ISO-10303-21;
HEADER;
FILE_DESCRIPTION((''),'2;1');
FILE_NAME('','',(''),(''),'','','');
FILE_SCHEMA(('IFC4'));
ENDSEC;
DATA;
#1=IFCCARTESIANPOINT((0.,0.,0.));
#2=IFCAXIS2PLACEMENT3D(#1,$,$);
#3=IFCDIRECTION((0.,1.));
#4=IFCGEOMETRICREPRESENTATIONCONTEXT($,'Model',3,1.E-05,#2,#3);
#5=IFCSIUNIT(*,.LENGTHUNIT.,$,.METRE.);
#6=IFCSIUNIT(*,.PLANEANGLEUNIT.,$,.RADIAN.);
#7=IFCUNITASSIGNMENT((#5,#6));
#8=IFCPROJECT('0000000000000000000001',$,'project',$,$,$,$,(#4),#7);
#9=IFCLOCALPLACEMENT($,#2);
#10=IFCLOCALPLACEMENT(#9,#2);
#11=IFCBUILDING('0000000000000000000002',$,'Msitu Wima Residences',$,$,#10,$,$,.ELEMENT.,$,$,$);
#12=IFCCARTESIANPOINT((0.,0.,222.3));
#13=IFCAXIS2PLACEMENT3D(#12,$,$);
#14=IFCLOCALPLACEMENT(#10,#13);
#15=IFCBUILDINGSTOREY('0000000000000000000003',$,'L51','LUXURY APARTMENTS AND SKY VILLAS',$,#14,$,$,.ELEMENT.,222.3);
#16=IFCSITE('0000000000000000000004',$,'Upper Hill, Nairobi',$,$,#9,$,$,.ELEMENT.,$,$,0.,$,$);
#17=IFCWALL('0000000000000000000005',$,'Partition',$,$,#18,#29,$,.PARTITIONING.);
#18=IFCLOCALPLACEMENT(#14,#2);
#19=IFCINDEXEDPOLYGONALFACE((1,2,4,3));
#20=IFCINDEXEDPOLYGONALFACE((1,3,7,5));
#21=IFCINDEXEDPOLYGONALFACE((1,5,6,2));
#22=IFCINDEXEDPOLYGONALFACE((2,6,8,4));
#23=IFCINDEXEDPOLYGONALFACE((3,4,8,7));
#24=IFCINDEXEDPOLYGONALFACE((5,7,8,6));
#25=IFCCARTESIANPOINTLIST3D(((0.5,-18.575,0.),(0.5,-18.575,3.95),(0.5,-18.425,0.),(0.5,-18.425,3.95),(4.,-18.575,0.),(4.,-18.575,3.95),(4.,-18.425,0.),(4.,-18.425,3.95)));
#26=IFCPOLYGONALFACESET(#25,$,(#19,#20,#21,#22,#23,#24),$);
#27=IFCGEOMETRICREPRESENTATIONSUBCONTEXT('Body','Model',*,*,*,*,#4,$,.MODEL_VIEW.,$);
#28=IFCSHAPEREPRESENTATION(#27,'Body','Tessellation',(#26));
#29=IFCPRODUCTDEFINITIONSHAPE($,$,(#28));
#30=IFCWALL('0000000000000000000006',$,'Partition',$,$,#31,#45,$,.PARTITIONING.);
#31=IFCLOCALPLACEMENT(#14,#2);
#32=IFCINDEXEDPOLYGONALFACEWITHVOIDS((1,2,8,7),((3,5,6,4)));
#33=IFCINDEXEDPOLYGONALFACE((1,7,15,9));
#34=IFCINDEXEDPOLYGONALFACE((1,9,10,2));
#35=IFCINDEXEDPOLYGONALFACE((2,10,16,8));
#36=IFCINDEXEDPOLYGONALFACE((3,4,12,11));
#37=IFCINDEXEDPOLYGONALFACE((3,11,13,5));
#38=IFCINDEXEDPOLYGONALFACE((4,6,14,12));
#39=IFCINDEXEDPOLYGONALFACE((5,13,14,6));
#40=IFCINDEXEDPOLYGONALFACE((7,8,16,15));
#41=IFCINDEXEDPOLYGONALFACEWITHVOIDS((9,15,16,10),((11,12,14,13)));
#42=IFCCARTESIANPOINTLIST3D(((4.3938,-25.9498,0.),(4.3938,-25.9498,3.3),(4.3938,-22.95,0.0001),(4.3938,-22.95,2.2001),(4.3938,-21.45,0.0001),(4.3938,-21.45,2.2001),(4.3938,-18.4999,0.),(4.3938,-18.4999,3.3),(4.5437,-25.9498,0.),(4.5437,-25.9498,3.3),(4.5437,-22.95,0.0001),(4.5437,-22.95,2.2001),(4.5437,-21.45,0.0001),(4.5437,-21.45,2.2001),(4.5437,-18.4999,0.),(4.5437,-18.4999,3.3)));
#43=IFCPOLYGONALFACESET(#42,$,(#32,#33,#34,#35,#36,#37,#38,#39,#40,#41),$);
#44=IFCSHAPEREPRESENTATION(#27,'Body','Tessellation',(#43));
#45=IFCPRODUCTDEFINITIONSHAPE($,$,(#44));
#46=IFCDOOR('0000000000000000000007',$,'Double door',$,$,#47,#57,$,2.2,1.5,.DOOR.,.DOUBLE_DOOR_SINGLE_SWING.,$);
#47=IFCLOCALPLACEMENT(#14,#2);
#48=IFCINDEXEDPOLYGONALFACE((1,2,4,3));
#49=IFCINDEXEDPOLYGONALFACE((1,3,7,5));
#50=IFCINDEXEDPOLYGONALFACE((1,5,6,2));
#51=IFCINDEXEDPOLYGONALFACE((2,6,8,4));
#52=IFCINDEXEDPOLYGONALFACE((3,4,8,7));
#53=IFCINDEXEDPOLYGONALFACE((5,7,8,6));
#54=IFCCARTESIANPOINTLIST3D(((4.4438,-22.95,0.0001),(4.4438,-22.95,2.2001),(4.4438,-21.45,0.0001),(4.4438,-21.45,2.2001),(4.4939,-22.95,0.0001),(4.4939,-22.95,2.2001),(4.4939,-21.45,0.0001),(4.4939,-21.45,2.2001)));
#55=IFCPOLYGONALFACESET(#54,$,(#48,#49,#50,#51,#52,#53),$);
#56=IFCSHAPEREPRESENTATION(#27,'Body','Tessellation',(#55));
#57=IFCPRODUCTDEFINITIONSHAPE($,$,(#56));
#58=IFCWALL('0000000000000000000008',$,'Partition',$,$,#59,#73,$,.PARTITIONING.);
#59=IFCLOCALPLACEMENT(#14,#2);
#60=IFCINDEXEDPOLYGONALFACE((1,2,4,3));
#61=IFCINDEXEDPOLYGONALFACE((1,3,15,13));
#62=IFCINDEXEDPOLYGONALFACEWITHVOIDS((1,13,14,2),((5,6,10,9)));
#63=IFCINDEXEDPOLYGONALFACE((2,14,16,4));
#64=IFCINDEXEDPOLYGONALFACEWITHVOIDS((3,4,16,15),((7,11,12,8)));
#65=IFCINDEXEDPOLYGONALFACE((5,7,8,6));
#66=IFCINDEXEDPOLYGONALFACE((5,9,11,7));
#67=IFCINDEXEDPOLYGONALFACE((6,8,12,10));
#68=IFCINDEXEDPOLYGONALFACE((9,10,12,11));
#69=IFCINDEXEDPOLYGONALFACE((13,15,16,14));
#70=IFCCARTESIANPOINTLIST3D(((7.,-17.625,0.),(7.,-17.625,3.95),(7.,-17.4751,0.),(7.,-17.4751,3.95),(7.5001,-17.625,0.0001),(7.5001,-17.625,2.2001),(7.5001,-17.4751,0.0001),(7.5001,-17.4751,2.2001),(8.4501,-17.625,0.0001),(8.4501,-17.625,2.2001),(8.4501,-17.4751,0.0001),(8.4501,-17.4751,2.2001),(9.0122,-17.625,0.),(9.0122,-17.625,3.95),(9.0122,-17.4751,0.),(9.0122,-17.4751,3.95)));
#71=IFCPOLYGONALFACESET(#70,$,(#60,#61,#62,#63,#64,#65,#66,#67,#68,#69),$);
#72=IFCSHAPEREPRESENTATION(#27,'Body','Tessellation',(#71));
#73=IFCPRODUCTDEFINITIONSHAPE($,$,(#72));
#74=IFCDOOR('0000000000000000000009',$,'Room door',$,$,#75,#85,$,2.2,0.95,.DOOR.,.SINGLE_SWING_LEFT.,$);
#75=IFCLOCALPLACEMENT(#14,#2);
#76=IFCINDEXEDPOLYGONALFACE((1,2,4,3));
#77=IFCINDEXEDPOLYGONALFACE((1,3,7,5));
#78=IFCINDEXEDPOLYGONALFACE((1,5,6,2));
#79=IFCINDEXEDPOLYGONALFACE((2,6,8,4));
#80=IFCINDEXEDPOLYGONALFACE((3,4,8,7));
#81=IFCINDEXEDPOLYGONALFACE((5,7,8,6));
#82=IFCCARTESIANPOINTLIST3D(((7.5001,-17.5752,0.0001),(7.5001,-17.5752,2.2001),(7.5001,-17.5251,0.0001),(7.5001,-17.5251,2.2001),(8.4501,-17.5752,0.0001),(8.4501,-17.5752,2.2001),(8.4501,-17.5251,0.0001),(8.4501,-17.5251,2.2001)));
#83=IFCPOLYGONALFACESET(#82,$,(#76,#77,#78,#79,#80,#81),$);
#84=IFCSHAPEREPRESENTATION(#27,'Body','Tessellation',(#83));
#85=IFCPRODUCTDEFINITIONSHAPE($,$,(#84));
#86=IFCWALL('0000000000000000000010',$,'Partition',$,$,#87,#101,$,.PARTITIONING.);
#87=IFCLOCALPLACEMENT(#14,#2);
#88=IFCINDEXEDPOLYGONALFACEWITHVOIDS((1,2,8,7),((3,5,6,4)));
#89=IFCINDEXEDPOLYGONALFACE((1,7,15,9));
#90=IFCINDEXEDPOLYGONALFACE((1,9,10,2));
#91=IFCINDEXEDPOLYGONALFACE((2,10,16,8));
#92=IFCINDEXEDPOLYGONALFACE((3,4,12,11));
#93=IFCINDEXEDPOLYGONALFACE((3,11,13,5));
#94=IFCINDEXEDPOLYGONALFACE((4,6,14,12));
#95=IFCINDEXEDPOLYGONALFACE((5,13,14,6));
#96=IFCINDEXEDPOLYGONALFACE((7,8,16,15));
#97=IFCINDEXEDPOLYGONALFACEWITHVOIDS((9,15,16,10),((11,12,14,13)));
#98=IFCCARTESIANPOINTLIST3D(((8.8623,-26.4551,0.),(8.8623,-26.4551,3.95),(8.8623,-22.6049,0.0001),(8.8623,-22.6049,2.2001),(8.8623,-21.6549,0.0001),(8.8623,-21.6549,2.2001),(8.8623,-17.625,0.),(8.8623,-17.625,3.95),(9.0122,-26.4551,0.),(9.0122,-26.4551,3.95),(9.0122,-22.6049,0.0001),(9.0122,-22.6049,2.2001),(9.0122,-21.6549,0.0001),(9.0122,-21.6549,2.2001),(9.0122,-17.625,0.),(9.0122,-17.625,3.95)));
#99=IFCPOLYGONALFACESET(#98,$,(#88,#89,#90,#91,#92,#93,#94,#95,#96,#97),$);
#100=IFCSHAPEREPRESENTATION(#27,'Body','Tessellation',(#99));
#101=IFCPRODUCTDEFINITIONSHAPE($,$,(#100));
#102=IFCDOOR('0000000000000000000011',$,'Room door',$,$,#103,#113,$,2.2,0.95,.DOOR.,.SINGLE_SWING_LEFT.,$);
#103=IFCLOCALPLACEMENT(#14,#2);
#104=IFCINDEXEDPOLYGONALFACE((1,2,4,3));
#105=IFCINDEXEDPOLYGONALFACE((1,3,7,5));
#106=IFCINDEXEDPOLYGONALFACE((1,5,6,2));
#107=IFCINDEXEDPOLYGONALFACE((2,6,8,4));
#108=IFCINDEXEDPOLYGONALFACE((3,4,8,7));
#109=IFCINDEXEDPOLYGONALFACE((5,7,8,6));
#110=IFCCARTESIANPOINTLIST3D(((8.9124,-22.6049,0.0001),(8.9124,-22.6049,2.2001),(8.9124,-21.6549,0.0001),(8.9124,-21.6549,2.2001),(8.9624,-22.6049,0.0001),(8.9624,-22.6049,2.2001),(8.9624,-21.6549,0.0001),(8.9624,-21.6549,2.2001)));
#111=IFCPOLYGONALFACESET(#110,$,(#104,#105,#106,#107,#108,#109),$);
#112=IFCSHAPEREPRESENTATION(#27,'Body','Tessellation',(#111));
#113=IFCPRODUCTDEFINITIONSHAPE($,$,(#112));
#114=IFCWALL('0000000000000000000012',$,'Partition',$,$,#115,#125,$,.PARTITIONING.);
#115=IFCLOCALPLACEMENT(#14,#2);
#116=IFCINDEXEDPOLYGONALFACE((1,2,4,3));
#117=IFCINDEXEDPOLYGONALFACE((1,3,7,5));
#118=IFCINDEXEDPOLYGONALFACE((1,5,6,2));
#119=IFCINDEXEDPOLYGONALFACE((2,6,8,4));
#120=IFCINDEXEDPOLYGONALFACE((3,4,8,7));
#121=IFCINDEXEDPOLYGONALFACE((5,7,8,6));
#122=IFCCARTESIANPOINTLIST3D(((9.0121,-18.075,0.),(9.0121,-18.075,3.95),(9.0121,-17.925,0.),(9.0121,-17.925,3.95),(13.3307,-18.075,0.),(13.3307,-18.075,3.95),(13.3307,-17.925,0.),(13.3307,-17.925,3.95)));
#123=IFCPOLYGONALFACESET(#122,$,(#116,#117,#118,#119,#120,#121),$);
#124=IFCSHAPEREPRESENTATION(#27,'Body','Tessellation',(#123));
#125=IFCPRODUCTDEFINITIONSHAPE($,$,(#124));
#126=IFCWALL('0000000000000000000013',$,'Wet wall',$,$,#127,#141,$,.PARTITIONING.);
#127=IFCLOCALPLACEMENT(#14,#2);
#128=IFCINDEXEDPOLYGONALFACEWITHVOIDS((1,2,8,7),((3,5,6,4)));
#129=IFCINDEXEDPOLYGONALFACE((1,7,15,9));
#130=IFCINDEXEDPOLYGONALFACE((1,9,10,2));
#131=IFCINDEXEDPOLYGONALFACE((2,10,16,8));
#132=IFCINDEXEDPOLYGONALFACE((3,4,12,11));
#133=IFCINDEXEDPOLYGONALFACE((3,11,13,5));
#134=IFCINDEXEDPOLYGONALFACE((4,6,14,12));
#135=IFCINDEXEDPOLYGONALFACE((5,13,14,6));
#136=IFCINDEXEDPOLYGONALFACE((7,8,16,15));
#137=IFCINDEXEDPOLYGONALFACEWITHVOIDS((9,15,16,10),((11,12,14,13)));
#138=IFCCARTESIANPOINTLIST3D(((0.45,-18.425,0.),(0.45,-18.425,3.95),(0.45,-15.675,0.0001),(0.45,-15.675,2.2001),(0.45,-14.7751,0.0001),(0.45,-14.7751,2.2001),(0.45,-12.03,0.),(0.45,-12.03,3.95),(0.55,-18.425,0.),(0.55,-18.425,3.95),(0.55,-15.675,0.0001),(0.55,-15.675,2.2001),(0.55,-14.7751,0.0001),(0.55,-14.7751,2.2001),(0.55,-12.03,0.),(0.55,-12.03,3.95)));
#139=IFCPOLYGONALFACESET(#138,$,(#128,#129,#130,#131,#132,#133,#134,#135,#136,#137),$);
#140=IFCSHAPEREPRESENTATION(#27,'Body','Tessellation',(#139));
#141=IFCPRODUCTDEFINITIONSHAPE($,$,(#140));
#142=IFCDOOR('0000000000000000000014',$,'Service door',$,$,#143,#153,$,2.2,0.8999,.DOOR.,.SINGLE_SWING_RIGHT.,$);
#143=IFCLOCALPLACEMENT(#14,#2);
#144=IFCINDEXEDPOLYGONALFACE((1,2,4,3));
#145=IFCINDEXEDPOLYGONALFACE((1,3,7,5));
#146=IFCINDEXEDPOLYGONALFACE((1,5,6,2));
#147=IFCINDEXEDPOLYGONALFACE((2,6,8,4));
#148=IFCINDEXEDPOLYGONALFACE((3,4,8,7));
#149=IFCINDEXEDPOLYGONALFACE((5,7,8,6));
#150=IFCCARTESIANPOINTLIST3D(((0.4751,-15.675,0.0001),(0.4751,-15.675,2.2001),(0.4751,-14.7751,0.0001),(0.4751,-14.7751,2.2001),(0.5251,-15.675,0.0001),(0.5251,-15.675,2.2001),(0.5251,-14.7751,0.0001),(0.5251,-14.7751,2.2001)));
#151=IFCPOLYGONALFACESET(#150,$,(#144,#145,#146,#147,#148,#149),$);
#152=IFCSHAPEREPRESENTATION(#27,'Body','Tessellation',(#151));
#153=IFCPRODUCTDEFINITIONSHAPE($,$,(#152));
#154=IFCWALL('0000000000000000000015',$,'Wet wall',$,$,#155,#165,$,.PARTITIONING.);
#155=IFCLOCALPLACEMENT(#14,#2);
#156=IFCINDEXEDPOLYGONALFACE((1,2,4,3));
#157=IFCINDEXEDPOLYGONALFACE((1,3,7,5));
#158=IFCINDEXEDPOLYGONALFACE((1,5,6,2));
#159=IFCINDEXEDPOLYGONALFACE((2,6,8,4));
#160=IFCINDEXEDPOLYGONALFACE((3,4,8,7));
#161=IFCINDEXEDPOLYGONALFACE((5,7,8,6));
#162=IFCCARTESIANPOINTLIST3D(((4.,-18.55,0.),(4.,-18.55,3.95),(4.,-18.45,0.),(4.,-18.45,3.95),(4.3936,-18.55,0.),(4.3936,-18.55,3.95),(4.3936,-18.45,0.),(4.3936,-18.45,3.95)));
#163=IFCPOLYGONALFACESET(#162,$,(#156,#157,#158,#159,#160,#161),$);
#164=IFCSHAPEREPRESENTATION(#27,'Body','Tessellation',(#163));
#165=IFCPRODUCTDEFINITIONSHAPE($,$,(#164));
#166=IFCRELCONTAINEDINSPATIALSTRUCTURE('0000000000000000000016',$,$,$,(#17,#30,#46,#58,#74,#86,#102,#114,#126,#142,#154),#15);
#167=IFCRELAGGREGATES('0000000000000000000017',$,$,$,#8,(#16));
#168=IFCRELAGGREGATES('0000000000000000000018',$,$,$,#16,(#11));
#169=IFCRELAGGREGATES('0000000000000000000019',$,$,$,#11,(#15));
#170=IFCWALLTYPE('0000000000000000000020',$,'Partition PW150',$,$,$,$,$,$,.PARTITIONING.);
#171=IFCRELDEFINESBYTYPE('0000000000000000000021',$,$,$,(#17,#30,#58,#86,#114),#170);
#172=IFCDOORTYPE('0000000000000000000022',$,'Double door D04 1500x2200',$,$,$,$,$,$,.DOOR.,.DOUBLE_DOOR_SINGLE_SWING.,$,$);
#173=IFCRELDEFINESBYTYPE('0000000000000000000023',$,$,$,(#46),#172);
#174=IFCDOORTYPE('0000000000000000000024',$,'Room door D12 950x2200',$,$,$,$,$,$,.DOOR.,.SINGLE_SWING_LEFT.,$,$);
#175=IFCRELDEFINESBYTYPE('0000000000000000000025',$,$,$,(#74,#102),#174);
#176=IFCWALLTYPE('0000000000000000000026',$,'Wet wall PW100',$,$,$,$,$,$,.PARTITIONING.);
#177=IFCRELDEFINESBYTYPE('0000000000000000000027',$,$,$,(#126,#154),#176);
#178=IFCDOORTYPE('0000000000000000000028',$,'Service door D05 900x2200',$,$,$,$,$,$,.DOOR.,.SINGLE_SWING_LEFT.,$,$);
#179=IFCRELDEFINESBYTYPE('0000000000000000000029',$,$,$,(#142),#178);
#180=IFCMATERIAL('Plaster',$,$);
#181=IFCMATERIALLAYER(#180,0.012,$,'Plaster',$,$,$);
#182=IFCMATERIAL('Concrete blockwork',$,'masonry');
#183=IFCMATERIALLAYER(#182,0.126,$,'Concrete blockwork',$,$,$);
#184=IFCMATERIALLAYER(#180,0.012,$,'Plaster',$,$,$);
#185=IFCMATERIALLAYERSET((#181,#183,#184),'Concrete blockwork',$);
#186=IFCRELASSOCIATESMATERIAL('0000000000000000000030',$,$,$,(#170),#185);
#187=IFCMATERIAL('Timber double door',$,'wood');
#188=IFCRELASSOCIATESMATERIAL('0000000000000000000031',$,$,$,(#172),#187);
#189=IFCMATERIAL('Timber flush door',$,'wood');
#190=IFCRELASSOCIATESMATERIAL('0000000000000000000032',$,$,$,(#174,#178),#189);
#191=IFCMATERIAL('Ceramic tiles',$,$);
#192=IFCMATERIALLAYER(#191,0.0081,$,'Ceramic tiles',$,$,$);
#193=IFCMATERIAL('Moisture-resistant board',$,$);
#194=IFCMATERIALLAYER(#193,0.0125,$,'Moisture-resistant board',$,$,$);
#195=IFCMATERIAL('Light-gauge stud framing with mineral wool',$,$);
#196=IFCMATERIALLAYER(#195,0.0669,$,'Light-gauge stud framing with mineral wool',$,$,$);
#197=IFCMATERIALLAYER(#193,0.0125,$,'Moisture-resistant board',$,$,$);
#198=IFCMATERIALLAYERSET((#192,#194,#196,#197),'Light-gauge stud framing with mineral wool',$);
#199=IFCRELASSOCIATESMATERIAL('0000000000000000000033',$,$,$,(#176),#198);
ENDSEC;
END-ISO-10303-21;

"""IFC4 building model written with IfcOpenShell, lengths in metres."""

from ifc_helpers import new_model, si_unit, direction, frame, frame_2d, origin, place, context, subcontext, project, spatial, rectangle, extrude, material, layer, layer_set, type_object, element, fill, save


model = new_model("IFC4")

# Units and contexts
model_context = context("Model", 3, precision=1e-05, world=origin(), true_north=direction((0.0, 1.0)))
body_context = subcontext(model_context, "Body", "Model", "MODEL_VIEW")
ifc_project = project(units=[si_unit("LENGTHUNIT", "METRE"), si_unit("PLANEANGLEUNIT", "RADIAN")], contexts=[model_context])

# Site, building, storey
site_placement = place(None, origin())
site = spatial("IfcSite", under=ifc_project, at=site_placement, Name="Upper Hill, Nairobi", CompositionType="ELEMENT", RefElevation=0.0)
building_placement = place(site_placement, origin())
building = spatial("IfcBuilding", under=site, at=building_placement, Name="Msitu Wima Residences", CompositionType="ELEMENT")
storey_placement = place(building_placement, frame((0.0, 0.0, 222.3)))
storey = spatial("IfcBuildingStorey", under=building, at=storey_placement, Name="L51", Description="LUXURY APARTMENTS AND SKY VILLAS", CompositionType="ELEMENT", Elevation=222.3)

# Wall
ifc_material_1 = material(Name="Plaster")
ifc_layer_1 = layer(ifc_material_1, 0.012, Name="Plaster")
ifc_material_2 = material(Name="Concrete blockwork", Category="masonry")
ifc_layer_2 = layer(ifc_material_2, 0.126, Name="Concrete blockwork")
ifc_layer_3 = layer(ifc_material_1, 0.012, Name="Plaster")
ifc_layer_set_1 = layer_set([ifc_layer_1, ifc_layer_2, ifc_layer_3], Name="Concrete blockwork")
wall_type_1 = type_object("IfcWallType", Name="Partition PW150", PredefinedType="PARTITIONING", material=ifc_layer_set_1)
wall_1_placement = place(storey_placement, frame((0.5, -18.5, 0.0), z_axis=(0.0, 0.0, 1.0), x_axis=(1.0, 0.0, 0.0)))
element("IfcWall", 1, at=wall_1_placement, inside=storey, type_object=wall_type_1, Name="Partition", PredefinedType="PARTITIONING", context=body_context, shape_type="SweptSolid", body=[
    extrude(rectangle(XDim=3.5, YDim=0.1499, at=frame_2d((1.75, 0.0))), origin(), (0.0, 0.0, 1.0), 3.95),
])

# Walls, openings, doors
wall_2_placement = place(storey_placement, frame((4.4688, -25.95, 0.0), z_axis=(0.0, 0.0, 1.0), x_axis=(0.0, 1.0, 0.0)))
wall_2 = element("IfcWall", 2, at=wall_2_placement, inside=storey, type_object=wall_type_1, Name="Partition", PredefinedType="PARTITIONING", context=body_context, shape_type="SweptSolid", body=[
    extrude(rectangle(XDim=7.45, YDim=0.1499, at=frame_2d((3.7251, 0.0))), origin(), (0.0, 0.0, 1.0), 3.3),
])
opening_1_placement = place(wall_2_placement, frame((3.0, 0.0, 0.0)))
opening_1 = element("IfcOpeningElement", 3, at=opening_1_placement, cuts=wall_2, PredefinedType="OPENING", context=body_context, shape_type="SweptSolid", body=[
    extrude(rectangle(XDim=1.5, YDim=2.2, at=frame_2d((0.75, 1.1001))), frame((0.0, 0.085, 0.0), z_axis=(0.0, -1.0, 0.0), x_axis=(1.0, 0.0, 0.0)), (0.0, 0.0, 1.0), 0.1699),
])
ifc_material_3 = material(Name="Timber double door", Category="wood")
door_type_1 = type_object("IfcDoorType", Name="Double door D04 1500x2200", OperationType="DOUBLE_DOOR_SINGLE_SWING", PredefinedType="DOOR", material=ifc_material_3)
door_1_placement = place(opening_1_placement, origin())
door_1 = element("IfcDoor", 4, at=door_1_placement, inside=storey, type_object=door_type_1, Name="Double door", OperationType="DOUBLE_DOOR_SINGLE_SWING", OverallHeight=2.2, OverallWidth=1.5, PredefinedType="DOOR", context=body_context, shape_type="SweptSolid", body=[
    extrude(rectangle(XDim=1.5, YDim=2.2, at=frame_2d((0.75, 1.1001))), frame((0.0, 0.0249, 0.0), z_axis=(0.0, -1.0, 0.0), x_axis=(1.0, 0.0, 0.0)), (0.0, 0.0, 1.0), 0.05),
])
fill(opening_1, door_1)
wall_3_placement = place(storey_placement, frame((7.0, -17.55, 0.0), z_axis=(0.0, 0.0, 1.0), x_axis=(1.0, 0.0, 0.0)))
wall_3 = element("IfcWall", 5, at=wall_3_placement, inside=storey, type_object=wall_type_1, Name="Partition", PredefinedType="PARTITIONING", context=body_context, shape_type="SweptSolid", body=[
    extrude(rectangle(XDim=2.0122, YDim=0.1499, at=frame_2d((1.0061, 0.0))), origin(), (0.0, 0.0, 1.0), 3.95),
])
opening_2_placement = place(wall_3_placement, frame((0.5, 0.0, 0.0)))
opening_2 = element("IfcOpeningElement", 6, at=opening_2_placement, cuts=wall_3, PredefinedType="OPENING", context=body_context, shape_type="SweptSolid", body=[
    extrude(rectangle(XDim=0.95, YDim=2.2, at=frame_2d((0.4751, 1.1001))), frame((0.0, 0.085, 0.0), z_axis=(0.0, -1.0, 0.0), x_axis=(1.0, 0.0, 0.0)), (0.0, 0.0, 1.0), 0.1699),
])
ifc_material_4 = material(Name="Timber flush door", Category="wood")
door_type_2 = type_object("IfcDoorType", Name="Room door D12 950x2200", OperationType="SINGLE_SWING_LEFT", PredefinedType="DOOR", material=ifc_material_4)
door_2_placement = place(opening_2_placement, origin())
door_2 = element("IfcDoor", 7, at=door_2_placement, inside=storey, type_object=door_type_2, Name="Room door", OperationType="SINGLE_SWING_LEFT", OverallHeight=2.2, OverallWidth=0.95, PredefinedType="DOOR", context=body_context, shape_type="SweptSolid", body=[
    extrude(rectangle(XDim=0.95, YDim=2.2, at=frame_2d((0.4751, 1.1001))), frame((0.0, 0.0249, 0.0), z_axis=(0.0, -1.0, 0.0), x_axis=(1.0, 0.0, 0.0)), (0.0, 0.0, 1.0), 0.05),
])
fill(opening_2, door_2)
wall_4_placement = place(storey_placement, frame((8.9373, -26.4551, 0.0), z_axis=(0.0, 0.0, 1.0), x_axis=(0.0, 1.0, 0.0)))
wall_4 = element("IfcWall", 8, at=wall_4_placement, inside=storey, type_object=wall_type_1, Name="Partition", PredefinedType="PARTITIONING", context=body_context, shape_type="SweptSolid", body=[
    extrude(rectangle(XDim=8.8301, YDim=0.1499, at=frame_2d((4.415, 0.0))), origin(), (0.0, 0.0, 1.0), 3.95),
])
opening_3_placement = place(wall_4_placement, frame((3.8501, 0.0, 0.0)))
opening_3 = element("IfcOpeningElement", 9, at=opening_3_placement, cuts=wall_4, PredefinedType="OPENING", context=body_context, shape_type="SweptSolid", body=[
    extrude(rectangle(XDim=0.95, YDim=2.2, at=frame_2d((0.4751, 1.1001))), frame((0.0, 0.085, 0.0), z_axis=(0.0, -1.0, 0.0), x_axis=(1.0, 0.0, 0.0)), (0.0, 0.0, 1.0), 0.1699),
])
door_3_placement = place(opening_3_placement, origin())
door_3 = element("IfcDoor", 10, at=door_3_placement, inside=storey, type_object=door_type_2, Name="Room door", OperationType="SINGLE_SWING_LEFT", OverallHeight=2.2, OverallWidth=0.95, PredefinedType="DOOR", context=body_context, shape_type="SweptSolid", body=[
    extrude(rectangle(XDim=0.95, YDim=2.2, at=frame_2d((0.4751, 1.1001))), frame((0.0, 0.0249, 0.0), z_axis=(0.0, -1.0, 0.0), x_axis=(1.0, 0.0, 0.0)), (0.0, 0.0, 1.0), 0.05),
])
fill(opening_3, door_3)

# Wall
wall_5_placement = place(storey_placement, frame((9.0122, -18.0, 0.0), z_axis=(0.0, 0.0, 1.0), x_axis=(1.0, 0.0, 0.0)))
element("IfcWall", 11, at=wall_5_placement, inside=storey, type_object=wall_type_1, Name="Partition", PredefinedType="PARTITIONING", context=body_context, shape_type="SweptSolid", body=[
    extrude(rectangle(XDim=4.3186, YDim=0.1499, at=frame_2d((2.1592, 0.0))), origin(), (0.0, 0.0, 1.0), 3.95),
])

# Wall, opening, door
ifc_material_5 = material(Name="Ceramic tiles")
ifc_layer_4 = layer(ifc_material_5, 0.0081, Name="Ceramic tiles")
ifc_material_6 = material(Name="Moisture-resistant board")
ifc_layer_5 = layer(ifc_material_6, 0.0125, Name="Moisture-resistant board")
ifc_material_7 = material(Name="Light-gauge stud framing with mineral wool")
ifc_layer_6 = layer(ifc_material_7, 0.0669, Name="Light-gauge stud framing with mineral wool")
ifc_layer_7 = layer(ifc_material_6, 0.0125, Name="Moisture-resistant board")
ifc_layer_set_2 = layer_set([ifc_layer_4, ifc_layer_5, ifc_layer_6, ifc_layer_7], Name="Light-gauge stud framing with mineral wool")
wall_type_2 = type_object("IfcWallType", Name="Wet wall PW100", PredefinedType="PARTITIONING", material=ifc_layer_set_2)
wall_6_placement = place(storey_placement, frame((0.5, -18.425, 0.0), z_axis=(0.0, 0.0, 1.0), x_axis=(0.0, 1.0, 0.0)))
wall_6 = element("IfcWall", 12, at=wall_6_placement, inside=storey, type_object=wall_type_2, Name="Wet wall", PredefinedType="PARTITIONING", context=body_context, shape_type="SweptSolid", body=[
    extrude(rectangle(XDim=6.395, YDim=0.1001, at=frame_2d((3.1975, 0.0))), origin(), (0.0, 0.0, 1.0), 3.95),
])
opening_4_placement = place(wall_6_placement, frame((2.75, 0.0, 0.0)))
opening_4 = element("IfcOpeningElement", 13, at=opening_4_placement, cuts=wall_6, PredefinedType="OPENING", context=body_context, shape_type="SweptSolid", body=[
    extrude(rectangle(XDim=0.8999, YDim=2.2, at=frame_2d((0.45, 1.1001))), frame((0.0, 0.0601, 0.0), z_axis=(0.0, -1.0, 0.0), x_axis=(1.0, 0.0, 0.0)), (0.0, 0.0, 1.0), 0.1201),
])
door_type_3 = type_object("IfcDoorType", Name="Service door D05 900x2200", OperationType="SINGLE_SWING_LEFT", PredefinedType="DOOR", material=ifc_material_4)
door_4_placement = place(opening_4_placement, origin())
door_4 = element("IfcDoor", 14, at=door_4_placement, inside=storey, type_object=door_type_3, Name="Service door", OperationType="SINGLE_SWING_RIGHT", OverallHeight=2.2, OverallWidth=0.8999, PredefinedType="DOOR", context=body_context, shape_type="SweptSolid", body=[
    extrude(rectangle(XDim=0.8999, YDim=2.2, at=frame_2d((0.45, 1.1001))), frame((0.0, 0.0249, 0.0), z_axis=(0.0, -1.0, 0.0), x_axis=(1.0, 0.0, 0.0)), (0.0, 0.0, 1.0), 0.05),
])
fill(opening_4, door_4)

# Wall
wall_7_placement = place(storey_placement, frame((4.0, -18.5, 0.0), z_axis=(0.0, 0.0, 1.0), x_axis=(1.0, 0.0, 0.0)))
element("IfcWall", 15, at=wall_7_placement, inside=storey, type_object=wall_type_2, Name="Wet wall", PredefinedType="PARTITIONING", context=body_context, shape_type="SweptSolid", body=[
    extrude(rectangle(XDim=0.3936, YDim=0.1001, at=frame_2d((0.1968, 0.0))), origin(), (0.0, 0.0, 1.0), 3.95),
])

save(model, "model.ifc")
